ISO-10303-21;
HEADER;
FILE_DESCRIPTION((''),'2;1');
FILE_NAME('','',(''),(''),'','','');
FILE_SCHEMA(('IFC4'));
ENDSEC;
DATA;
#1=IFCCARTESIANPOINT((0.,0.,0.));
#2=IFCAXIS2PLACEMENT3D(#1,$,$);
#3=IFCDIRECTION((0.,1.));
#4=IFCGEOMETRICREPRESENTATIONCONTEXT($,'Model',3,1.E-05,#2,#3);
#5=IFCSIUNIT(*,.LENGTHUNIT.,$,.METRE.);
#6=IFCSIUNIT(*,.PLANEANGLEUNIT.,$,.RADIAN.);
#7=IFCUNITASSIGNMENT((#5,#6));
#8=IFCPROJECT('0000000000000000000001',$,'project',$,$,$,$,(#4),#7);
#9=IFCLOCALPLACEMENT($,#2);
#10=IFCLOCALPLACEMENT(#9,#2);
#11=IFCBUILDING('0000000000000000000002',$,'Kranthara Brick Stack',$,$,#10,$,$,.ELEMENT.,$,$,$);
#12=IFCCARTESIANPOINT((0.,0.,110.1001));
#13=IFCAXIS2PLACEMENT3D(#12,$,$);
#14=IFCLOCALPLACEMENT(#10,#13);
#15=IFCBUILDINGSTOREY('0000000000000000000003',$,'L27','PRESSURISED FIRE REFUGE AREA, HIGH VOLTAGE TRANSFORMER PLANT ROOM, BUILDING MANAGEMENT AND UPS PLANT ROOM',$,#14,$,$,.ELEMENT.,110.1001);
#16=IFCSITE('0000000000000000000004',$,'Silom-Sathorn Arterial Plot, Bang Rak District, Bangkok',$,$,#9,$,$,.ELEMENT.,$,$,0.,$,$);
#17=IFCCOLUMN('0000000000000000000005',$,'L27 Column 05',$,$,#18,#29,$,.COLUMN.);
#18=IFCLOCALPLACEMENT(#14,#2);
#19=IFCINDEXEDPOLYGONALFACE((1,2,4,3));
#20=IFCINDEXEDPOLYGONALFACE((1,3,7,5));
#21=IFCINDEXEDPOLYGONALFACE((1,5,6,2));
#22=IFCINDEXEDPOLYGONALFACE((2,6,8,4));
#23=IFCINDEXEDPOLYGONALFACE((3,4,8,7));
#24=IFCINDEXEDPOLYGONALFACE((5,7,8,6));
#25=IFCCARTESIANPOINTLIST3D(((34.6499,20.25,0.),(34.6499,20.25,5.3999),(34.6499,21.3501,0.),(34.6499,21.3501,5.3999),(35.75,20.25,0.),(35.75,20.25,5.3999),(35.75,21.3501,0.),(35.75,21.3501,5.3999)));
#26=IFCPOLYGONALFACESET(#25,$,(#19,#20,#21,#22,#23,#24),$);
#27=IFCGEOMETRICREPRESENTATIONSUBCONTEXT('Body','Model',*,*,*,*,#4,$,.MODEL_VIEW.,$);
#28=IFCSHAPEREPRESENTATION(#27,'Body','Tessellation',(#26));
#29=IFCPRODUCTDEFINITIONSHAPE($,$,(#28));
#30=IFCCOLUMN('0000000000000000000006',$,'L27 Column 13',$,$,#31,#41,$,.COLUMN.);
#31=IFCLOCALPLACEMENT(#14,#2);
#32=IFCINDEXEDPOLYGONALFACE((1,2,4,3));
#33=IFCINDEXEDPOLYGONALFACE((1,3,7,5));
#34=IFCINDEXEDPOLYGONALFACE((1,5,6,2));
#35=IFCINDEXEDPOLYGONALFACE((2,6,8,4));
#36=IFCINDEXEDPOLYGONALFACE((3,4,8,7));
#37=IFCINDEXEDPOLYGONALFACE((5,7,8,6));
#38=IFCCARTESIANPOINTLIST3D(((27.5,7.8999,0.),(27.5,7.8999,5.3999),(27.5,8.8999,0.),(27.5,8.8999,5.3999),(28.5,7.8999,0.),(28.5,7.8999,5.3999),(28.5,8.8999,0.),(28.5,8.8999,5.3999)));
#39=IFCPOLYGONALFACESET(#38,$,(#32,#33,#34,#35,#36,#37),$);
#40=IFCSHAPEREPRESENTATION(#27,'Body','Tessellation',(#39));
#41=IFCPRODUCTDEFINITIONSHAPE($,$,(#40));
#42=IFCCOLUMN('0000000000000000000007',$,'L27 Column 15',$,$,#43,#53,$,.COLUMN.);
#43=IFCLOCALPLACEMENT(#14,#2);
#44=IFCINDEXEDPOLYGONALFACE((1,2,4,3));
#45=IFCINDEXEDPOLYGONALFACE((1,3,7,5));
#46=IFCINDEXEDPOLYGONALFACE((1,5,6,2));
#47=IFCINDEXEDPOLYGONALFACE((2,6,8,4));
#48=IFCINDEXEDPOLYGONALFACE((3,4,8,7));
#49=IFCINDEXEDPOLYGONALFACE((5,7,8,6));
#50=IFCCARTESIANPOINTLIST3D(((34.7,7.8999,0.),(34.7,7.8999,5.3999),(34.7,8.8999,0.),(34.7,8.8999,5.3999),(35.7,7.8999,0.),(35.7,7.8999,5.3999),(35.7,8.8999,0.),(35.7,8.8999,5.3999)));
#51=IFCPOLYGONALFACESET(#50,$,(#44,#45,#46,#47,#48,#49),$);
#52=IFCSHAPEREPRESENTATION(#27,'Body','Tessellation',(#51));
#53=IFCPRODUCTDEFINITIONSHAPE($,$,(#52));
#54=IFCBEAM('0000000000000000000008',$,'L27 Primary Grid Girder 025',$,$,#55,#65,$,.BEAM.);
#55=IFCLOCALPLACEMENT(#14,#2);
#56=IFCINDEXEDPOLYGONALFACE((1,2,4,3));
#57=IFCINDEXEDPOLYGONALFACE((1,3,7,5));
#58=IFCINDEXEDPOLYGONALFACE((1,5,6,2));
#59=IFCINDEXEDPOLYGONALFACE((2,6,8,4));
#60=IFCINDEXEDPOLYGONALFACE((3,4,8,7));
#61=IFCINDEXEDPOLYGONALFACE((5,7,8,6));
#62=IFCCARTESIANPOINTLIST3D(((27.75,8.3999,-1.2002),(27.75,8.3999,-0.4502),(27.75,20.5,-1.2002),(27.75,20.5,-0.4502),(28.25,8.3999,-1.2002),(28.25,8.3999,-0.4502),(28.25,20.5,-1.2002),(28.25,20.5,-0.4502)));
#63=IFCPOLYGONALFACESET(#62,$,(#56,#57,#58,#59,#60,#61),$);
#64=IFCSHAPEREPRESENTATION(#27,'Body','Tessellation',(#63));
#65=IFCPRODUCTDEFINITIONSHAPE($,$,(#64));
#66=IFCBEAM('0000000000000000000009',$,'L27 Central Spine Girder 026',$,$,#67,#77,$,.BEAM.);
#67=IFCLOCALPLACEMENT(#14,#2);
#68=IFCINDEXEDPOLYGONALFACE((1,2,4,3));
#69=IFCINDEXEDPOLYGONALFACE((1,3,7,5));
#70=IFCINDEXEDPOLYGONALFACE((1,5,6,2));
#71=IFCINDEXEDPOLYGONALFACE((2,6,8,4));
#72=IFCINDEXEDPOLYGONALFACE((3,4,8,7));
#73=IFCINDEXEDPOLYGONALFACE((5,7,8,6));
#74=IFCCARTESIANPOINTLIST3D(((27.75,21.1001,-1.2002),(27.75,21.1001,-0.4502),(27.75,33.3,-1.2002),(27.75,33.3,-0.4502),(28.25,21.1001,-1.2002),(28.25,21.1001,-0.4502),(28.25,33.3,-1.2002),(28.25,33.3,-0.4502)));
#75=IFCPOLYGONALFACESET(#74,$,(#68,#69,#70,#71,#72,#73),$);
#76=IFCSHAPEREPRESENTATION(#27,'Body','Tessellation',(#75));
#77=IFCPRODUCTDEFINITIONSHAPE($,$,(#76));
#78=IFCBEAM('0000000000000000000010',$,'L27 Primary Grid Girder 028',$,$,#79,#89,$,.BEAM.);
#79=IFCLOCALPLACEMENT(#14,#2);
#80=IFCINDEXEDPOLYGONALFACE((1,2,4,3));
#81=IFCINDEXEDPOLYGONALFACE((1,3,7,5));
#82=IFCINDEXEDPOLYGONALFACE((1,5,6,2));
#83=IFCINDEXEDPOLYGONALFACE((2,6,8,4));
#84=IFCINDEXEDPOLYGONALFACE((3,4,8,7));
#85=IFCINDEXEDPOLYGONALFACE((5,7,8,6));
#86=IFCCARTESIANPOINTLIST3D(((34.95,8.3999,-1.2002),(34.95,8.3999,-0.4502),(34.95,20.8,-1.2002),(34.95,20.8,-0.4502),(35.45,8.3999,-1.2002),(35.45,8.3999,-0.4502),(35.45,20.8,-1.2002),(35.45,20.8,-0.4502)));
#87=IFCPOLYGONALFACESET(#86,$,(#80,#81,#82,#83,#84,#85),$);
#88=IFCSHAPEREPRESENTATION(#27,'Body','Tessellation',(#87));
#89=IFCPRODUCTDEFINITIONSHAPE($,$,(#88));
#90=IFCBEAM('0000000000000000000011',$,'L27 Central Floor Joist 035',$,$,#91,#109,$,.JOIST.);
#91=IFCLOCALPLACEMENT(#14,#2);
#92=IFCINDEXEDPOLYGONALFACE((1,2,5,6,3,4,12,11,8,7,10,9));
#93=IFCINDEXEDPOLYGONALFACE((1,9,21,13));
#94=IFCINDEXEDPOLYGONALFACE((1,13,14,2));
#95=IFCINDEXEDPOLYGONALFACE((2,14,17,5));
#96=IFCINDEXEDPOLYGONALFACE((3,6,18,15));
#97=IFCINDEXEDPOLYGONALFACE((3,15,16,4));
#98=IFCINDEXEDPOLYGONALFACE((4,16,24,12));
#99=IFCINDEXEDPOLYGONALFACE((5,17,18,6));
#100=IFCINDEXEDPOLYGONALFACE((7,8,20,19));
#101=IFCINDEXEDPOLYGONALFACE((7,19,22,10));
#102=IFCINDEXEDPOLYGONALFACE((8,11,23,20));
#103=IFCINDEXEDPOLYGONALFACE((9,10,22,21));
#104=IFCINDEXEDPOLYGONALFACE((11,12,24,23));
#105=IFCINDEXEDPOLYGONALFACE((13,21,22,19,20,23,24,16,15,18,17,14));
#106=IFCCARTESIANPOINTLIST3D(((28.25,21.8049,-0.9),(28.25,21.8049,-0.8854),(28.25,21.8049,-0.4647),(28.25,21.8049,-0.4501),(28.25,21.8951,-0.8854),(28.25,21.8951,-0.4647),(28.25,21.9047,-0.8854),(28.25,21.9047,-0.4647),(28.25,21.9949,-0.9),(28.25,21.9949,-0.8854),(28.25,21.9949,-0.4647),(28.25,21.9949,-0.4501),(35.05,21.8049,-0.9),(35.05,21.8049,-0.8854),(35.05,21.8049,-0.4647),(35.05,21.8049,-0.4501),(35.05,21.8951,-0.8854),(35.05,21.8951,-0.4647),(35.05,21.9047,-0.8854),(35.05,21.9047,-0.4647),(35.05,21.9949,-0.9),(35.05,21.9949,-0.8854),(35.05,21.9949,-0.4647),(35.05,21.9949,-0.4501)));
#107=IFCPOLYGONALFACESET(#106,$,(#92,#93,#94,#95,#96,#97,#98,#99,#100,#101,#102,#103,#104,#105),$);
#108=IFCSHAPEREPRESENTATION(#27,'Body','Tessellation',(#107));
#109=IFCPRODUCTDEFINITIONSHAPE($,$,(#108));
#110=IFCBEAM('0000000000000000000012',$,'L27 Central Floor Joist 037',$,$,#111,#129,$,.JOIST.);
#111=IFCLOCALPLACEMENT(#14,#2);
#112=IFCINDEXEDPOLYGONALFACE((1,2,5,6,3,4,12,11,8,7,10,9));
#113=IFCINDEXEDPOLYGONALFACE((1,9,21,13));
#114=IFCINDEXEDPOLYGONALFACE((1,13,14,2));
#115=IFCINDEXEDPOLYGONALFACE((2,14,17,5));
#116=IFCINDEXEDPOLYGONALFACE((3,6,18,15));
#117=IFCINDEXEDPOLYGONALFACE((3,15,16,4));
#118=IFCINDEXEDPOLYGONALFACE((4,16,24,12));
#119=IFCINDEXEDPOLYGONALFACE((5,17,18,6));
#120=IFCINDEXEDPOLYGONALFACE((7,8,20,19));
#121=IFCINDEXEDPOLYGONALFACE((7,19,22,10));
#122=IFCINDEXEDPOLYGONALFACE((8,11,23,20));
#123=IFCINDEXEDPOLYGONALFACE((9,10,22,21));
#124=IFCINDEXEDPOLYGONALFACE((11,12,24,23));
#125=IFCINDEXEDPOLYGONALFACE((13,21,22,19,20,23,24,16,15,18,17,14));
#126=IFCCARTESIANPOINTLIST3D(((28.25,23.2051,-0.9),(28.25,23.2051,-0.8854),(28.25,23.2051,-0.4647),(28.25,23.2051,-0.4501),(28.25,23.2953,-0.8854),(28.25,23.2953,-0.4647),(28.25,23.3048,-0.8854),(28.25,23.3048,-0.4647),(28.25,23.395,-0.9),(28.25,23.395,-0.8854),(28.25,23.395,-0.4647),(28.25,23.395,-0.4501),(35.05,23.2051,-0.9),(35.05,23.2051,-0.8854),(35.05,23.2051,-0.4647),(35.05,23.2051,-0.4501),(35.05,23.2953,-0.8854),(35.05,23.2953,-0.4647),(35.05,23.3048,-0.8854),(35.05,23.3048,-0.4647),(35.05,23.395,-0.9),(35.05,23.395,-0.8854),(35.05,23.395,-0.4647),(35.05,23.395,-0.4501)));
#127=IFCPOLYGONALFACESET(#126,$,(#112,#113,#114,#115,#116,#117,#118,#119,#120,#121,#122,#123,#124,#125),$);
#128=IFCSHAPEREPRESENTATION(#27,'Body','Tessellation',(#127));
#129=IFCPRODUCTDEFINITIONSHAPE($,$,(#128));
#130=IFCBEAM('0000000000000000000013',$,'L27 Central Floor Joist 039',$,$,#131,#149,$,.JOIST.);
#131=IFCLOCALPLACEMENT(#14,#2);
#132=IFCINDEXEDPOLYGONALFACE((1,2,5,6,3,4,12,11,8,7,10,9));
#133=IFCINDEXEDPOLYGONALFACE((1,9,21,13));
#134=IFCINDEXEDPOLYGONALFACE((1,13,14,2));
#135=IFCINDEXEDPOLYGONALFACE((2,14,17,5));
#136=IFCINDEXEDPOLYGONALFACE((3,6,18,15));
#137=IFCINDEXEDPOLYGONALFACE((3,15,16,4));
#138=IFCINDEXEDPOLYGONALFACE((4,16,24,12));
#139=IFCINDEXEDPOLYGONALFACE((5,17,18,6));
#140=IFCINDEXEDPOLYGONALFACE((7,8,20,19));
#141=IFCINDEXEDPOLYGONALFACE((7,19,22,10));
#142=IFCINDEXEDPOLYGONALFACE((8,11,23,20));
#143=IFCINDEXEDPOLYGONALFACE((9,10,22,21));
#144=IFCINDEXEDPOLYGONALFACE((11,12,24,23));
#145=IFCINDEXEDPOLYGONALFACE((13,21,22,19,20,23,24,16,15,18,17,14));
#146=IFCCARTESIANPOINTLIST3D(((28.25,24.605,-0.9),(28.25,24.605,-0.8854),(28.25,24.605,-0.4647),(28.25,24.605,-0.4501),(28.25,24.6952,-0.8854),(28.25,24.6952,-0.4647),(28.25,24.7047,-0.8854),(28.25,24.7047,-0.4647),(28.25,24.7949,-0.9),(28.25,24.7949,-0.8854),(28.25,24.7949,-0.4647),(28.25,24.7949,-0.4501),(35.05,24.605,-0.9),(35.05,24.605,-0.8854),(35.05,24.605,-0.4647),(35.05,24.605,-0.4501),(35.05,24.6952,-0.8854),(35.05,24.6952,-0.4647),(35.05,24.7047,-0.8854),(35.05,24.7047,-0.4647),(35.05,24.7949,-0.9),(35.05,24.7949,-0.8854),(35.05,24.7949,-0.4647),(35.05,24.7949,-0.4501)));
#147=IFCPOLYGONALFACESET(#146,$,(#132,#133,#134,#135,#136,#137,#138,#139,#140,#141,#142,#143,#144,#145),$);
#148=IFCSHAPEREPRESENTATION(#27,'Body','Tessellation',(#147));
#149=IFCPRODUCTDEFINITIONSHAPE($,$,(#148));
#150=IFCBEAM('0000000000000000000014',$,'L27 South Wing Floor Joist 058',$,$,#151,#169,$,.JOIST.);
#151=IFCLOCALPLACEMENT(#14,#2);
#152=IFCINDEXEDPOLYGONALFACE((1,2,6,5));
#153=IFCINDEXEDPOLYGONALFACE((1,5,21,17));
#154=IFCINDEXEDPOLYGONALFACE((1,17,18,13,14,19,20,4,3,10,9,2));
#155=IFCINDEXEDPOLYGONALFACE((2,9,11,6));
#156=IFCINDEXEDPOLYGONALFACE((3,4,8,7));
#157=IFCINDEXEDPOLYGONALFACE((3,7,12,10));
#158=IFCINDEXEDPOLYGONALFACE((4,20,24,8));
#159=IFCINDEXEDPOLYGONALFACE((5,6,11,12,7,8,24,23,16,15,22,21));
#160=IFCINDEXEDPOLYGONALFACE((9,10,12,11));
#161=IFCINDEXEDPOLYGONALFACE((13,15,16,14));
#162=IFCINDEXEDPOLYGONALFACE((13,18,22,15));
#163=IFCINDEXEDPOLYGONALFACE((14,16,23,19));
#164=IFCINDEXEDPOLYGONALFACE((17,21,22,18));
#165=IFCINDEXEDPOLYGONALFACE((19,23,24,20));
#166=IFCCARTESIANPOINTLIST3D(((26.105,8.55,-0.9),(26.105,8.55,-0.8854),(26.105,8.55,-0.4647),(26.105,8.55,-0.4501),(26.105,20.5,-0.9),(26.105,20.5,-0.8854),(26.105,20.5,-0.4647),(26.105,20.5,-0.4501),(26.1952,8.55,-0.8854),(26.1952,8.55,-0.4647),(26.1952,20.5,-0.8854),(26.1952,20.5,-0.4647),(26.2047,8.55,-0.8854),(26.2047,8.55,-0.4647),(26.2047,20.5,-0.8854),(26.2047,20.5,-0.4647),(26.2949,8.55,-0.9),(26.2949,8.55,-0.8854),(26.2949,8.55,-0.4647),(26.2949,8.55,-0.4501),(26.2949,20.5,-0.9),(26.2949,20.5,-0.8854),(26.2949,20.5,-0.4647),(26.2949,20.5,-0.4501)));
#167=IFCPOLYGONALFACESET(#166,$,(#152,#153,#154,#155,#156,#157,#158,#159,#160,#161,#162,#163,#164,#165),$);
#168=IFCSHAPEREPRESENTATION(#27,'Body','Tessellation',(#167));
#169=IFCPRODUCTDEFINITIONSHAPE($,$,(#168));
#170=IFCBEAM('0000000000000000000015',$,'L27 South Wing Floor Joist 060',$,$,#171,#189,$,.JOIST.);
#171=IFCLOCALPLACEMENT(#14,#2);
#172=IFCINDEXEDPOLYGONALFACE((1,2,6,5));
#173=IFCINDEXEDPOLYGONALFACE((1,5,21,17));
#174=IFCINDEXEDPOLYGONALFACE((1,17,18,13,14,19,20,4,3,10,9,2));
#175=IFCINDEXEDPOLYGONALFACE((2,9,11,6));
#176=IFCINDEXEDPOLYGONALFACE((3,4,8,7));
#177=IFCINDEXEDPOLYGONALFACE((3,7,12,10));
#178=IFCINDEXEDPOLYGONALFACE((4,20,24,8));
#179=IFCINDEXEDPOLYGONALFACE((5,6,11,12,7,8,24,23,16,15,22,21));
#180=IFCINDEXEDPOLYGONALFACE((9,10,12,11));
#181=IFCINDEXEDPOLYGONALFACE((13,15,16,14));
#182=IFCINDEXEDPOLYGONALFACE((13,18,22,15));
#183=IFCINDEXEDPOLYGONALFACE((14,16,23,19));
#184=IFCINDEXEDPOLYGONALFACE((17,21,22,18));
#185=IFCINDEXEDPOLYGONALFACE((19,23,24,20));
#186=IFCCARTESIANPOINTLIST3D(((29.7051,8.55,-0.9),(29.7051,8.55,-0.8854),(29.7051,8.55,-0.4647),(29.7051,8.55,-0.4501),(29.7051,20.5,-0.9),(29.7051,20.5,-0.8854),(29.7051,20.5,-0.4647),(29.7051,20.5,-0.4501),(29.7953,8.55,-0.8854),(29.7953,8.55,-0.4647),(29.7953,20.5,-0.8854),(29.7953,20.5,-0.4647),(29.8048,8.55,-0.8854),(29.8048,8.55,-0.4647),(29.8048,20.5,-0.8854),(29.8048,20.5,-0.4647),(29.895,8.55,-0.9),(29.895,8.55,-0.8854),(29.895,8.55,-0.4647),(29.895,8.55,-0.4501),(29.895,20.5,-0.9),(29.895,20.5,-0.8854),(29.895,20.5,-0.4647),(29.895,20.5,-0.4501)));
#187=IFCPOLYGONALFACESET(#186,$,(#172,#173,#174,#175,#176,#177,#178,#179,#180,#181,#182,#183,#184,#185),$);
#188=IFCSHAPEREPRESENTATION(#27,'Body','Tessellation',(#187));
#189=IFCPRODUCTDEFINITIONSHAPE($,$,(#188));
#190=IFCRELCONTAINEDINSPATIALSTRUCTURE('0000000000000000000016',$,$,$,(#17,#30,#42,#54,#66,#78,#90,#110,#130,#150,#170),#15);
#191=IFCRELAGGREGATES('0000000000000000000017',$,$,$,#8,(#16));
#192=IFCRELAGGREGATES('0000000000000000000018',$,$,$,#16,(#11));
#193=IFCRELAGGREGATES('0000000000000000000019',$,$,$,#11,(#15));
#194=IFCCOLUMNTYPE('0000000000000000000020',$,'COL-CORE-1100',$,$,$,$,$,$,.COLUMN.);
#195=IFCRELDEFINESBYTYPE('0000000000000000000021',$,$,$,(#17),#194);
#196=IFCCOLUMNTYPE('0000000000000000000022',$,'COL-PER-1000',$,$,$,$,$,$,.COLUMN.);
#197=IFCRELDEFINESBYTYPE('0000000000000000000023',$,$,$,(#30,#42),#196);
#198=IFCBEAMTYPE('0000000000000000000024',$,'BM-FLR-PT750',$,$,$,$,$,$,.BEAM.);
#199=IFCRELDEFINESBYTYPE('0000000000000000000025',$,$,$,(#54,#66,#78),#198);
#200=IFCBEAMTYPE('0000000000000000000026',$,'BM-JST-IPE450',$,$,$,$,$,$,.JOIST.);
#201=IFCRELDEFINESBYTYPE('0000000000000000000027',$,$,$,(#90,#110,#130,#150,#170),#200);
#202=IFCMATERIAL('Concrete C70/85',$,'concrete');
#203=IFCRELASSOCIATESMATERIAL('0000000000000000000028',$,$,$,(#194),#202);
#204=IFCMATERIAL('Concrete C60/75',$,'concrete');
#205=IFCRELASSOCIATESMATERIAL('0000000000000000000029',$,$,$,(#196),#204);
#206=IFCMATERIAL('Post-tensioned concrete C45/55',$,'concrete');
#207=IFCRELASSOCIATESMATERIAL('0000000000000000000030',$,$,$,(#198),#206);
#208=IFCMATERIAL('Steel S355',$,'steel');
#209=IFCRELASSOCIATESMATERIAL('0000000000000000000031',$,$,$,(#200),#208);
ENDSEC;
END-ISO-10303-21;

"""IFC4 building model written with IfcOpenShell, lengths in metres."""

from ifc_helpers import new_model, si_unit, direction, frame, origin, origin_2d, place, context, subcontext, project, spatial, rectangle, i_section, extrude, material, material_profile, profile_set, type_object, element, save


model = new_model("IFC4")

# Units and contexts
model_context = context("Model", 3, precision=1e-05, world=origin(), true_north=direction((0.0, 1.0)))
body_context = subcontext(model_context, "Body", "Model", "MODEL_VIEW")
ifc_project = project(units=[si_unit("LENGTHUNIT", "METRE"), si_unit("PLANEANGLEUNIT", "RADIAN")], contexts=[model_context])

# Site, building, storey
site_placement = place(None, origin())
site = spatial("IfcSite", under=ifc_project, at=site_placement, Name="Silom-Sathorn Arterial Plot, Bang Rak District, Bangkok", CompositionType="ELEMENT", RefElevation=0.0)
building_placement = place(site_placement, origin())
building = spatial("IfcBuilding", under=site, at=building_placement, Name="Kranthara Brick Stack", CompositionType="ELEMENT")
storey_placement = place(building_placement, frame((0.0, 0.0, 110.1001)))
storey = spatial("IfcBuildingStorey", under=building, at=storey_placement, Name="L27", Description="PRESSURISED FIRE REFUGE AREA, HIGH VOLTAGE TRANSFORMER PLANT ROOM, BUILDING MANAGEMENT AND UPS PLANT ROOM", CompositionType="ELEMENT", Elevation=110.1001)

# Columns
ifc_material_1 = material(Name="Concrete C70/85", Category="concrete")
ifc_material_profile_1 = material_profile(ifc_material_1, rectangle(XDim=1.1001, YDim=1.1001, at=origin_2d()), Name="RC 1100x1100")
ifc_profile_set_1 = profile_set([ifc_material_profile_1], Name="Concrete C70/85")
column_type_1 = type_object("IfcColumnType", Name="COL-CORE-1100", PredefinedType="COLUMN", material=ifc_profile_set_1)
column_placement = place(storey_placement, frame((35.2, 20.8, 0.0), z_axis=(0.0, 0.0, 1.0), x_axis=(1.0, 0.0, 0.0)))
element("IfcColumn", 1, at=column_placement, inside=storey, type_object=column_type_1, Name="L27 Column 05", PredefinedType="COLUMN", context=body_context, shape_type="SweptSolid", body=[
    extrude(rectangle(XDim=1.1001, YDim=1.1001, at=origin_2d()), origin(), (0.0, 0.0, 1.0), 5.3999),
])
ifc_material_2 = material(Name="Concrete C60/75", Category="concrete")
ifc_material_profile_2 = material_profile(ifc_material_2, rectangle(XDim=1.0, YDim=1.0, at=origin_2d()), Name="RC 1000x1000")
ifc_profile_set_2 = profile_set([ifc_material_profile_2], Name="Concrete C60/75")
column_type_2 = type_object("IfcColumnType", Name="COL-PER-1000", PredefinedType="COLUMN", material=ifc_profile_set_2)
for number, where, z_axis, x_axis, name in (
    (2, (28.0, 8.3999, 0.0), (0.0, 0.0, 1.0), (1.0, 0.0, 0.0), "L27 Column 13"),
    (3, (35.2, 8.3999, 0.0), (0.0, 0.0, 1.0), (1.0, 0.0, 0.0), "L27 Column 15"),
):
    element("IfcColumn", number, at=place(storey_placement, frame(where, z_axis=z_axis, x_axis=x_axis)), inside=storey, type_object=column_type_2, Name=name, PredefinedType="COLUMN", context=body_context, shape_type="SweptSolid", body=[
        extrude(rectangle(XDim=1.0, YDim=1.0, at=origin_2d()), origin(), (0.0, 0.0, 1.0), 5.3999),
    ])

# Beams
ifc_material_3 = material(Name="Post-tensioned concrete C45/55", Category="concrete")
ifc_material_profile_3 = material_profile(ifc_material_3, rectangle(XDim=0.5, YDim=0.75, at=origin_2d()), Name="PT 500x750")
ifc_profile_set_3 = profile_set([ifc_material_profile_3], Name="Post-tensioned concrete C45/55")
beam_type_1 = type_object("IfcBeamType", Name="BM-FLR-PT750", PredefinedType="BEAM", material=ifc_profile_set_3)
beam_1_placement = place(storey_placement, frame((28.0, 8.3999, -0.8252), z_axis=(0.0, 1.0, 0.0), x_axis=(-1.0, 0.0, 0.0)))
element("IfcBeam", 4, at=beam_1_placement, inside=storey, type_object=beam_type_1, Name="L27 Primary Grid Girder 025", PredefinedType="BEAM", context=body_context, shape_type="SweptSolid", body=[
    extrude(rectangle(XDim=0.5, YDim=0.75, at=origin_2d()), origin(), (0.0, 0.0, 1.0), 12.1001),
])
beam_2_placement = place(storey_placement, frame((28.0, 21.1001, -0.8252), z_axis=(0.0, 1.0, 0.0), x_axis=(-1.0, 0.0, 0.0)))
element("IfcBeam", 5, at=beam_2_placement, inside=storey, type_object=beam_type_1, Name="L27 Central Spine Girder 026", PredefinedType="BEAM", context=body_context, shape_type="SweptSolid", body=[
    extrude(rectangle(XDim=0.5, YDim=0.75, at=origin_2d()), origin(), (0.0, 0.0, 1.0), 12.2),
])
beam_3_placement = place(storey_placement, frame((35.2, 8.3999, -0.8252), z_axis=(0.0, 1.0, 0.0), x_axis=(-1.0, 0.0, 0.0)))
element("IfcBeam", 6, at=beam_3_placement, inside=storey, type_object=beam_type_1, Name="L27 Primary Grid Girder 028", PredefinedType="BEAM", context=body_context, shape_type="SweptSolid", body=[
    extrude(rectangle(XDim=0.5, YDim=0.75, at=origin_2d()), origin(), (0.0, 0.0, 1.0), 12.4001),
])
ifc_material_4 = material(Name="Steel S355", Category="steel")
ifc_material_profile_4 = material_profile(ifc_material_4, i_section(OverallWidth=0.1899, OverallDepth=0.45, WebThickness=0.0095, FlangeThickness=0.0146, at=origin_2d()), Name="IPE 450")
ifc_profile_set_4 = profile_set([ifc_material_profile_4], Name="Steel S355")
beam_type_2 = type_object("IfcBeamType", Name="BM-JST-IPE450", PredefinedType="JOIST", material=ifc_profile_set_4)
for number, where, z_axis, x_axis, name in (
    (7, (28.25, 21.8999, -0.675), (1.0, 0.0, 0.0), (0.0, 1.0, 0.0), "L27 Central Floor Joist 035"),
    (8, (28.25, 23.3, -0.675), (1.0, 0.0, 0.0), (0.0, 1.0, 0.0), "L27 Central Floor Joist 037"),
    (9, (28.25, 24.7, -0.675), (1.0, 0.0, 0.0), (0.0, 1.0, 0.0), "L27 Central Floor Joist 039"),
):
    element("IfcBeam", number, at=place(storey_placement, frame(where, z_axis=z_axis, x_axis=x_axis)), inside=storey, type_object=beam_type_2, Name=name, PredefinedType="JOIST", context=body_context, shape_type="SweptSolid", body=[
        extrude(i_section(OverallWidth=0.1899, OverallDepth=0.45, WebThickness=0.0095, FlangeThickness=0.0146, at=origin_2d()), origin(), (0.0, 0.0, 1.0), 6.8),
    ])
for number, where, z_axis, x_axis, name in (
    (10, (26.2, 8.55, -0.675), (0.0, 1.0, 0.0), (-1.0, 0.0, 0.0), "L27 South Wing Floor Joist 058"),
    (11, (29.8, 8.55, -0.675), (0.0, 1.0, 0.0), (-1.0, 0.0, 0.0), "L27 South Wing Floor Joist 060"),
):
    element("IfcBeam", number, at=place(storey_placement, frame(where, z_axis=z_axis, x_axis=x_axis)), inside=storey, type_object=beam_type_2, Name=name, PredefinedType="JOIST", context=body_context, shape_type="SweptSolid", body=[
        extrude(i_section(OverallWidth=0.1899, OverallDepth=0.45, WebThickness=0.0095, FlangeThickness=0.0146, at=origin_2d()), origin(), (0.0, 0.0, 1.0), 11.95),
    ])

save(model, "model.ifc")
